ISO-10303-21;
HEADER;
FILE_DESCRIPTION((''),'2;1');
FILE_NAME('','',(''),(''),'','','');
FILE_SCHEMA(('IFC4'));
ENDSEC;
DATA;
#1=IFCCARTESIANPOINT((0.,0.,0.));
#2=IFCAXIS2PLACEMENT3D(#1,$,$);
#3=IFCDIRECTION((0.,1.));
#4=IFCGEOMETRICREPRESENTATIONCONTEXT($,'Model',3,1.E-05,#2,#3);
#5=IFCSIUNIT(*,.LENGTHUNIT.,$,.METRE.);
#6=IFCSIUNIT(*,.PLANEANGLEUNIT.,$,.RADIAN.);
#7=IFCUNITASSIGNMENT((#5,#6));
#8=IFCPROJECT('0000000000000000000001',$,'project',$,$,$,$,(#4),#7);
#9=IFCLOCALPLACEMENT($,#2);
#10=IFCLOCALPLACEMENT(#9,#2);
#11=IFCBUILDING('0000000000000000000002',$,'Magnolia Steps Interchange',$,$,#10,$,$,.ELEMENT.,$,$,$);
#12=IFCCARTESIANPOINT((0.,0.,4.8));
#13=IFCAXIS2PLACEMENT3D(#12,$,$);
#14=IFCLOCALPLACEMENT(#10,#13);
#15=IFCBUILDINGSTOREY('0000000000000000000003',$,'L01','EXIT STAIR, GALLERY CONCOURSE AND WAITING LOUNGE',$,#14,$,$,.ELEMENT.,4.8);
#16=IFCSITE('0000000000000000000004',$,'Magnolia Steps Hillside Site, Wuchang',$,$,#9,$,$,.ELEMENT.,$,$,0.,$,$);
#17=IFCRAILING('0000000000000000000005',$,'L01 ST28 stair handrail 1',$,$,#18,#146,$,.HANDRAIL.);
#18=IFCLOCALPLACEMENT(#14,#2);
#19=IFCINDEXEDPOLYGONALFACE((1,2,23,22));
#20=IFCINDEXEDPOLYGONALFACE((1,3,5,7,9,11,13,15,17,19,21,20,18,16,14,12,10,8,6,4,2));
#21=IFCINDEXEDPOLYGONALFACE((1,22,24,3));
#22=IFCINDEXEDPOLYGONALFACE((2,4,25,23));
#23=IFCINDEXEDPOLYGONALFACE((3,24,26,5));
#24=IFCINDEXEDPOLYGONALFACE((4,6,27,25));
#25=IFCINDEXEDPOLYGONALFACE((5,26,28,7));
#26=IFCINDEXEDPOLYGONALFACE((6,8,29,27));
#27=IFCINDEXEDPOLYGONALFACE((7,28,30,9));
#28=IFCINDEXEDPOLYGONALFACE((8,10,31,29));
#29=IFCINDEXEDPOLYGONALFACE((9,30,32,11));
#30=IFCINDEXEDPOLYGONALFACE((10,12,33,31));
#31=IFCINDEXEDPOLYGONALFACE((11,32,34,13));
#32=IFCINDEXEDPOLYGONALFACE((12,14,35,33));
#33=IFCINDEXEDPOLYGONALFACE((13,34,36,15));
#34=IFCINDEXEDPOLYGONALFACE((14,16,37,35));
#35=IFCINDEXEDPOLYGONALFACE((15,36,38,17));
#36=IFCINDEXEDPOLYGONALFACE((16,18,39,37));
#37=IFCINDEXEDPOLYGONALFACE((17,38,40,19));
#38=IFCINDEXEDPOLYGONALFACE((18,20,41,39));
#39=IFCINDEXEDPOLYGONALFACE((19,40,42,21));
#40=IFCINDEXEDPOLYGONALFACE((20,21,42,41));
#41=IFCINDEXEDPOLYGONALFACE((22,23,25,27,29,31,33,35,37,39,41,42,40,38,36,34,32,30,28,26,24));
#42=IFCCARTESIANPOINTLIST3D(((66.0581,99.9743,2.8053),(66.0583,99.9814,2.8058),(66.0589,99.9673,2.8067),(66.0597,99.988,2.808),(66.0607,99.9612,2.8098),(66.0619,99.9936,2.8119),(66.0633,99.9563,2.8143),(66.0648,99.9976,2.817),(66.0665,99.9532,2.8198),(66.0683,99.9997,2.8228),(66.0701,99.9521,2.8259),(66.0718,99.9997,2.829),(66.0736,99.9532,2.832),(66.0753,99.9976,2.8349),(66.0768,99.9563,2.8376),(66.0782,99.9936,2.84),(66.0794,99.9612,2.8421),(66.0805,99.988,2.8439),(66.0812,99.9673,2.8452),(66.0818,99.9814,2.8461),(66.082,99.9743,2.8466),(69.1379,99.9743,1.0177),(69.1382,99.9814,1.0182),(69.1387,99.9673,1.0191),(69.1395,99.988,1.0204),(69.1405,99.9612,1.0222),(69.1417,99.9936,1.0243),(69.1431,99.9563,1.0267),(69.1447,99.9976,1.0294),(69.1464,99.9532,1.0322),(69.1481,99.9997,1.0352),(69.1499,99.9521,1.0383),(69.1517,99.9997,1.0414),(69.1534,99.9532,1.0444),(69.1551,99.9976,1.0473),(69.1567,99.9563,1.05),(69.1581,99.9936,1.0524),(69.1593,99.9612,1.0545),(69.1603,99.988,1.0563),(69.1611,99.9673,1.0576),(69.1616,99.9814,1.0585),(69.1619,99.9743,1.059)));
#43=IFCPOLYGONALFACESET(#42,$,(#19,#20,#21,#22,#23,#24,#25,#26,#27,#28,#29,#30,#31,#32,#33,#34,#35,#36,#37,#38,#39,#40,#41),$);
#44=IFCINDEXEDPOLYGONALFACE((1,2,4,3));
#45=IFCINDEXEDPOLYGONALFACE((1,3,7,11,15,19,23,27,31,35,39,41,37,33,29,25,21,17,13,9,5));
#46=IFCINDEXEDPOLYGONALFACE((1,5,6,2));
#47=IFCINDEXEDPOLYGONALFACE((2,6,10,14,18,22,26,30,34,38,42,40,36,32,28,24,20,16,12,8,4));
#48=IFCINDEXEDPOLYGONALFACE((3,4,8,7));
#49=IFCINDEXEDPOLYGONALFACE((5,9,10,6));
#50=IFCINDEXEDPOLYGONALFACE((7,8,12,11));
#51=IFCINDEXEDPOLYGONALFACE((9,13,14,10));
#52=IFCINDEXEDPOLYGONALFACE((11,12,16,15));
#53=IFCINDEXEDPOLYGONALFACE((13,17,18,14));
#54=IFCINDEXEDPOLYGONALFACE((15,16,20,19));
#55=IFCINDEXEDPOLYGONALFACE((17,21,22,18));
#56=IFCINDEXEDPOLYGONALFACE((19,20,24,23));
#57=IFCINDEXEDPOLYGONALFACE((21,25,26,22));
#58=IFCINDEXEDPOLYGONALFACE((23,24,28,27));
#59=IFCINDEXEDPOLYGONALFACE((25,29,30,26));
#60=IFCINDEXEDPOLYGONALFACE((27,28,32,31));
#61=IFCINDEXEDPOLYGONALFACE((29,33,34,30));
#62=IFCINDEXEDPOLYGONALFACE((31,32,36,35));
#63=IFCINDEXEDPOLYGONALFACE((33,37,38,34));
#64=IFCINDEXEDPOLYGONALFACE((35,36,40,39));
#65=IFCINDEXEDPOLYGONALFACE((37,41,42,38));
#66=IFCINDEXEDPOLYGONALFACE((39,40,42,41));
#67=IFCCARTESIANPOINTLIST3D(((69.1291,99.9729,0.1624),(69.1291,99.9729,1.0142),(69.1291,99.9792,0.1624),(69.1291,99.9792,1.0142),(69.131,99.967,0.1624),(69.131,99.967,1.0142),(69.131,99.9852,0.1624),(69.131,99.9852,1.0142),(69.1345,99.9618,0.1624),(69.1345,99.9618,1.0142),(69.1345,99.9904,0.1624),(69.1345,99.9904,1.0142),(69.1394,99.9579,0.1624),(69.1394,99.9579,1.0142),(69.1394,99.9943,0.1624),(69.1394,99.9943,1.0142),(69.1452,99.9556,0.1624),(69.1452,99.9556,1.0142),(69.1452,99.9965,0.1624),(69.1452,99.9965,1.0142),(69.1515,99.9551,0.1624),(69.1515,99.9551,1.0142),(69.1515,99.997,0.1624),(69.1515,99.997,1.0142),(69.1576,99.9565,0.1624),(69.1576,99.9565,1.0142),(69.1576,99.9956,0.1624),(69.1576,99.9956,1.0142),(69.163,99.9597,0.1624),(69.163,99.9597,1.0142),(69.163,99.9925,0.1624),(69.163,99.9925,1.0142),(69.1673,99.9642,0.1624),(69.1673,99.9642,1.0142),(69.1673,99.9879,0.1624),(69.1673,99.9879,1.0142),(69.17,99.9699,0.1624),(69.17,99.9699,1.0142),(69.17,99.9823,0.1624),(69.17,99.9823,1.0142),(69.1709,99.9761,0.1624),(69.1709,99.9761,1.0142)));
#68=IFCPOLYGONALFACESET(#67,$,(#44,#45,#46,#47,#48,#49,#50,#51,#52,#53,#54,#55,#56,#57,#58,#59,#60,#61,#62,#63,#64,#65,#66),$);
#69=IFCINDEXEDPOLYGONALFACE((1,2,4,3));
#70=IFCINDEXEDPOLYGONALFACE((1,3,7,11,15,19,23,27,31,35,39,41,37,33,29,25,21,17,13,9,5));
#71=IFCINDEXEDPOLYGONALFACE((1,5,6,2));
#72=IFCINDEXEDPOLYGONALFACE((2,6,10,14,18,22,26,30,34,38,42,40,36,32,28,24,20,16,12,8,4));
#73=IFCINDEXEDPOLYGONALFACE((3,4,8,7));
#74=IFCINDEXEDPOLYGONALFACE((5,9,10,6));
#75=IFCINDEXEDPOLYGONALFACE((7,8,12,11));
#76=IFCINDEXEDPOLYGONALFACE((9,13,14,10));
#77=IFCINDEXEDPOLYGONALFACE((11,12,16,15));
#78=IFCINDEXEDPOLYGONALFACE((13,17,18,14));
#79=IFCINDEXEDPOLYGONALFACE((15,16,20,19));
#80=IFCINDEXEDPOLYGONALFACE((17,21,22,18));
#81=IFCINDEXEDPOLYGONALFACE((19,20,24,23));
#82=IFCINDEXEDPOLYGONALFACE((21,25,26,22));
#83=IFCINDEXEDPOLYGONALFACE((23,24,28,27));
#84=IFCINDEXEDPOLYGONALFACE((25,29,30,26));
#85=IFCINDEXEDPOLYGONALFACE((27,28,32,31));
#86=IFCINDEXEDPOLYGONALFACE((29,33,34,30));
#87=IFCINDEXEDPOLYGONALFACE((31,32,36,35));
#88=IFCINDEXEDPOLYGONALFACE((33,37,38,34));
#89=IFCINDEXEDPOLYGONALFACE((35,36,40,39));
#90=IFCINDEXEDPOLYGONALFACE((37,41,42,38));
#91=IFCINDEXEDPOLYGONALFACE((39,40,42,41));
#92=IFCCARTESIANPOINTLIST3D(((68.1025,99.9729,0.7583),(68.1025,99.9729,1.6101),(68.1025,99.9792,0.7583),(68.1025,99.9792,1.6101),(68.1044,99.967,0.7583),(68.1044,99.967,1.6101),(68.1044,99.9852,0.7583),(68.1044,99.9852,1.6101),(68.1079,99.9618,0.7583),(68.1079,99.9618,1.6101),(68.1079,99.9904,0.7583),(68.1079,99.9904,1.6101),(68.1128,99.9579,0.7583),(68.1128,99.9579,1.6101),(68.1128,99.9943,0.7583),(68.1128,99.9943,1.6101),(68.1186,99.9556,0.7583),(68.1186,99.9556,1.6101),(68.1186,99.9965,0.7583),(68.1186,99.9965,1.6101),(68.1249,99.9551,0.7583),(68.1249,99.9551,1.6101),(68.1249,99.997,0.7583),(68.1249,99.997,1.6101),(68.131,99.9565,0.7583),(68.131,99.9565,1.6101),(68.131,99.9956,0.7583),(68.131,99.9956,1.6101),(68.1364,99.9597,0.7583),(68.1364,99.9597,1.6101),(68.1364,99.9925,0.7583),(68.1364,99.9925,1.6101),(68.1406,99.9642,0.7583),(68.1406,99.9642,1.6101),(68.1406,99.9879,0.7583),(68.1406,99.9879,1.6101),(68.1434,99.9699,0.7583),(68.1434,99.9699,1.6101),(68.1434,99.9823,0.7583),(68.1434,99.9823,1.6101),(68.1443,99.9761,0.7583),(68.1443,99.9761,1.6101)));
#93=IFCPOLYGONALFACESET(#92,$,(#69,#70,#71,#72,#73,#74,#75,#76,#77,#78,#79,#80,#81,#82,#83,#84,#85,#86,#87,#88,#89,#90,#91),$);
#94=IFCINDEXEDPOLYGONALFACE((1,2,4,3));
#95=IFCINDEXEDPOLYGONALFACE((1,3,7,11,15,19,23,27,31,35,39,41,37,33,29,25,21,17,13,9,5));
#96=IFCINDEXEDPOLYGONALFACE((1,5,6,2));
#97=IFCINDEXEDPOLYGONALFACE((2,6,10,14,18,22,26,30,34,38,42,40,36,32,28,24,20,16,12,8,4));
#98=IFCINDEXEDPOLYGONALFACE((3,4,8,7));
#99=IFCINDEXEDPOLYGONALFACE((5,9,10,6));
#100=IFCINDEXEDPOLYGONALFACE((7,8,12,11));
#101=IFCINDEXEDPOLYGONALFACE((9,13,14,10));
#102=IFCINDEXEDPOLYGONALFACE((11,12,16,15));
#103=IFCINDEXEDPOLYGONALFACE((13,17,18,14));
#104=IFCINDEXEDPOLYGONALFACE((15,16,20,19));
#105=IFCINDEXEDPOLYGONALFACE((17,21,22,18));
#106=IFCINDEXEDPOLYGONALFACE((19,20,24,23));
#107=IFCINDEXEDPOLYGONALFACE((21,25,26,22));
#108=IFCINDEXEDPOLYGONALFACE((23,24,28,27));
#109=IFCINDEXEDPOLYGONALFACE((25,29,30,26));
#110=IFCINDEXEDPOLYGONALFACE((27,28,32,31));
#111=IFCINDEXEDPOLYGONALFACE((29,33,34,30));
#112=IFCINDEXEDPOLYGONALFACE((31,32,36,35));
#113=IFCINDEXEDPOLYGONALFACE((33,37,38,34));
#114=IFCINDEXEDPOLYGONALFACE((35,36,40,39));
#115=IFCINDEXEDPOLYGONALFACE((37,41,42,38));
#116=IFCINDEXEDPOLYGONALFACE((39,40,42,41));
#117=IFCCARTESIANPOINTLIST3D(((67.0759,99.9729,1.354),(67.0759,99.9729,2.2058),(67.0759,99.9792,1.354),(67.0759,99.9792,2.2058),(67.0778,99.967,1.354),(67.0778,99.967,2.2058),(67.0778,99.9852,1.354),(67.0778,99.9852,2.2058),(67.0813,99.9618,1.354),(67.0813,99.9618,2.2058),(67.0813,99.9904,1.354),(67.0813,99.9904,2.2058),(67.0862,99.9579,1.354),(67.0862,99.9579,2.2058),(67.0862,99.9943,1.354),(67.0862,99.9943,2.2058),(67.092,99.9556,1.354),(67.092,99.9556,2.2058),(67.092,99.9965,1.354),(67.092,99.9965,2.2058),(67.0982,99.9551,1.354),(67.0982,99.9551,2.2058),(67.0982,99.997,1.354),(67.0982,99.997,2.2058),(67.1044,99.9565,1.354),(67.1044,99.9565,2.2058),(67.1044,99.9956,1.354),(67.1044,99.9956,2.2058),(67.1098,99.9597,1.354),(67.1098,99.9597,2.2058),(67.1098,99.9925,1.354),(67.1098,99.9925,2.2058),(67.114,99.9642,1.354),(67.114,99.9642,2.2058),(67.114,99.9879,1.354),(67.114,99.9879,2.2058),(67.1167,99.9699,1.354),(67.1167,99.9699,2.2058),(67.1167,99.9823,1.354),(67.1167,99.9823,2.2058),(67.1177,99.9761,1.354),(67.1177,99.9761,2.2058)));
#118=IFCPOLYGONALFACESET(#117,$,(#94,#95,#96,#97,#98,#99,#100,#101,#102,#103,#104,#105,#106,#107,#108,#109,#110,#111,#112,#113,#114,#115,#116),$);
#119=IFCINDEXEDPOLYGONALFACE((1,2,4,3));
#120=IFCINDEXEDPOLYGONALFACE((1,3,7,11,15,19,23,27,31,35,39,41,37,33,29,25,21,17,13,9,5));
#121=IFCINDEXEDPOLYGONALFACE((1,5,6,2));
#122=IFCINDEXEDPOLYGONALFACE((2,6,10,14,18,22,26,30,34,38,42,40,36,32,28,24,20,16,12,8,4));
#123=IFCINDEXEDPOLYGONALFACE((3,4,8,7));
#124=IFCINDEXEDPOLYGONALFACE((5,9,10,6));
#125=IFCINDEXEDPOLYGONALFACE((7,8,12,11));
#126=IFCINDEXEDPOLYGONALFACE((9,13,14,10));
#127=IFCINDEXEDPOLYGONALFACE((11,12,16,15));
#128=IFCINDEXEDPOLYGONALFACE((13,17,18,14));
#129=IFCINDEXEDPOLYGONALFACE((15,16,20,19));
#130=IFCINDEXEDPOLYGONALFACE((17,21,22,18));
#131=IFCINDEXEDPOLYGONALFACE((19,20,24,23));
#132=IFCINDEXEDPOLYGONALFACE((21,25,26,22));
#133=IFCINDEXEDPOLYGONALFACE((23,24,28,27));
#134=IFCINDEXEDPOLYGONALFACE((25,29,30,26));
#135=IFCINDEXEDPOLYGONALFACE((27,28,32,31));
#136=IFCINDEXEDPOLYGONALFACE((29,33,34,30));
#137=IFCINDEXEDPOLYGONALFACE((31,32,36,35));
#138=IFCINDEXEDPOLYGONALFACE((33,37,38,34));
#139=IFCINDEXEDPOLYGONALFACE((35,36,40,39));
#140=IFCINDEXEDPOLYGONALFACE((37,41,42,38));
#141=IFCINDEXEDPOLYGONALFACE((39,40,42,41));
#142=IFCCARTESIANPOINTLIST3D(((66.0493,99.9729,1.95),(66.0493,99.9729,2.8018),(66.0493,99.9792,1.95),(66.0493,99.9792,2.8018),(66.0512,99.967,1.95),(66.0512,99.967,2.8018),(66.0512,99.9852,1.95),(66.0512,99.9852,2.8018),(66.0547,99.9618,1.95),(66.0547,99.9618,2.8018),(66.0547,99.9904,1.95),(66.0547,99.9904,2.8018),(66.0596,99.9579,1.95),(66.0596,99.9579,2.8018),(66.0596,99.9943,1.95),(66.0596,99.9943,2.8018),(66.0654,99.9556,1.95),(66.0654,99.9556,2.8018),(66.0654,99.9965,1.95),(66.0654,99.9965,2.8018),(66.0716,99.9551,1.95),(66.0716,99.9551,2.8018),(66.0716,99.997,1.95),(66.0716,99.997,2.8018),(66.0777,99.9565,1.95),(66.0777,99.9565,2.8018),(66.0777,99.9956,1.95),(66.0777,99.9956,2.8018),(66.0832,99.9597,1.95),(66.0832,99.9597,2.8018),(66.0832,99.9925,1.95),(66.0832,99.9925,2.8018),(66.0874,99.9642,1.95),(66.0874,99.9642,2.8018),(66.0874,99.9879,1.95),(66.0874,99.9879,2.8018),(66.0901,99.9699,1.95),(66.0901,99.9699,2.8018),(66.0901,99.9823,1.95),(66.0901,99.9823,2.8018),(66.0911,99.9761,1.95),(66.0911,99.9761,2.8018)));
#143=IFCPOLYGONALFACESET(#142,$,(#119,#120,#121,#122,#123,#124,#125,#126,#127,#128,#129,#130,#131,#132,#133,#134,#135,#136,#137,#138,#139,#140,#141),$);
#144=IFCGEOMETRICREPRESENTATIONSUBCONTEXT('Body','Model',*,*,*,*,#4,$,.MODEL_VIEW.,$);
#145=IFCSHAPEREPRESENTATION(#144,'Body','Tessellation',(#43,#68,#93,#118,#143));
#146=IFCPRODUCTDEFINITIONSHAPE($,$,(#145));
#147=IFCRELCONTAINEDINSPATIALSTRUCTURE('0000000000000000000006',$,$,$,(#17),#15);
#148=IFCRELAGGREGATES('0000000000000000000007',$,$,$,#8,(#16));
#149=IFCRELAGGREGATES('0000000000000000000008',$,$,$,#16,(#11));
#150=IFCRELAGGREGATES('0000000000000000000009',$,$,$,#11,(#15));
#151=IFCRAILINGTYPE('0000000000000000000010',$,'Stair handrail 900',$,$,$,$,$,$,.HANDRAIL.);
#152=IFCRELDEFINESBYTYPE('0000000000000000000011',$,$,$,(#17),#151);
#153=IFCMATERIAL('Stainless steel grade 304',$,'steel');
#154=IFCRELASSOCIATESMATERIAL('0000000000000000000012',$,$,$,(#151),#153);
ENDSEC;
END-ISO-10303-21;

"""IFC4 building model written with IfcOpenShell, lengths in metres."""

from ifc_helpers import new_model, si_unit, direction, frame, origin, origin_2d, place, context, subcontext, project, spatial, circle, extrude, material, type_object, element, save


model = new_model("IFC4")

# Units and contexts
model_context = context("Model", 3, precision=1e-05, world=origin(), true_north=direction((0.0, 1.0)))
body_context = subcontext(model_context, "Body", "Model", "MODEL_VIEW")
ifc_project = project(units=[si_unit("LENGTHUNIT", "METRE"), si_unit("PLANEANGLEUNIT", "RADIAN")], contexts=[model_context])

# Site, building, storey
site_placement = place(None, origin())
site = spatial("IfcSite", under=ifc_project, at=site_placement, Name="Magnolia Steps Hillside Site, Wuchang", CompositionType="ELEMENT", RefElevation=0.0)
building_placement = place(site_placement, origin())
building = spatial("IfcBuilding", under=site, at=building_placement, Name="Magnolia Steps Interchange", CompositionType="ELEMENT")
storey_placement = place(building_placement, frame((0.0, 0.0, 4.8)))
storey = spatial("IfcBuildingStorey", under=building, at=storey_placement, Name="L01", Description="EXIT STAIR, GALLERY CONCOURSE AND WAITING LOUNGE", CompositionType="ELEMENT", Elevation=4.8)

# Railing
ifc_material_1 = material(Name="Stainless steel grade 304", Category="steel")
railing_type_1 = type_object("IfcRailingType", Name="Stair handrail 900", PredefinedType="HANDRAIL", material=ifc_material_1)
railing_1_placement = place(storey_placement, frame((69.1499, 99.9761, 0.1624)))
element("IfcRailing", 1, at=railing_1_placement, inside=storey, type_object=railing_type_1, Name="L01 ST28 stair handrail 1", PredefinedType="HANDRAIL", context=body_context, shape_type="SweptSolid", body=[
    extrude(circle(Radius=0.0239, at=origin_2d()), frame((0.0, 0.0, 0.876), z_axis=(-0.864873, 0.0, 0.50199), x_axis=(0.0, -1.0, 0.0)), (0.0, 0.0, 1.0), 3.561),
    extrude(circle(Radius=0.021, at=origin_2d()), origin(), (0.0, 0.0, 1.0), 0.8518),
    extrude(circle(Radius=0.021, at=origin_2d()), frame((-1.0266, 0.0, 0.5959)), (0.0, 0.0, 1.0), 0.8518),
    extrude(circle(Radius=0.021, at=origin_2d()), frame((-2.0532, 0.0, 1.1917)), (0.0, 0.0, 1.0), 0.8518),
    extrude(circle(Radius=0.021, at=origin_2d()), frame((-3.0798, 0.0, 1.7876)), (0.0, 0.0, 1.0), 0.8518),
])

save(model, "model.ifc")
